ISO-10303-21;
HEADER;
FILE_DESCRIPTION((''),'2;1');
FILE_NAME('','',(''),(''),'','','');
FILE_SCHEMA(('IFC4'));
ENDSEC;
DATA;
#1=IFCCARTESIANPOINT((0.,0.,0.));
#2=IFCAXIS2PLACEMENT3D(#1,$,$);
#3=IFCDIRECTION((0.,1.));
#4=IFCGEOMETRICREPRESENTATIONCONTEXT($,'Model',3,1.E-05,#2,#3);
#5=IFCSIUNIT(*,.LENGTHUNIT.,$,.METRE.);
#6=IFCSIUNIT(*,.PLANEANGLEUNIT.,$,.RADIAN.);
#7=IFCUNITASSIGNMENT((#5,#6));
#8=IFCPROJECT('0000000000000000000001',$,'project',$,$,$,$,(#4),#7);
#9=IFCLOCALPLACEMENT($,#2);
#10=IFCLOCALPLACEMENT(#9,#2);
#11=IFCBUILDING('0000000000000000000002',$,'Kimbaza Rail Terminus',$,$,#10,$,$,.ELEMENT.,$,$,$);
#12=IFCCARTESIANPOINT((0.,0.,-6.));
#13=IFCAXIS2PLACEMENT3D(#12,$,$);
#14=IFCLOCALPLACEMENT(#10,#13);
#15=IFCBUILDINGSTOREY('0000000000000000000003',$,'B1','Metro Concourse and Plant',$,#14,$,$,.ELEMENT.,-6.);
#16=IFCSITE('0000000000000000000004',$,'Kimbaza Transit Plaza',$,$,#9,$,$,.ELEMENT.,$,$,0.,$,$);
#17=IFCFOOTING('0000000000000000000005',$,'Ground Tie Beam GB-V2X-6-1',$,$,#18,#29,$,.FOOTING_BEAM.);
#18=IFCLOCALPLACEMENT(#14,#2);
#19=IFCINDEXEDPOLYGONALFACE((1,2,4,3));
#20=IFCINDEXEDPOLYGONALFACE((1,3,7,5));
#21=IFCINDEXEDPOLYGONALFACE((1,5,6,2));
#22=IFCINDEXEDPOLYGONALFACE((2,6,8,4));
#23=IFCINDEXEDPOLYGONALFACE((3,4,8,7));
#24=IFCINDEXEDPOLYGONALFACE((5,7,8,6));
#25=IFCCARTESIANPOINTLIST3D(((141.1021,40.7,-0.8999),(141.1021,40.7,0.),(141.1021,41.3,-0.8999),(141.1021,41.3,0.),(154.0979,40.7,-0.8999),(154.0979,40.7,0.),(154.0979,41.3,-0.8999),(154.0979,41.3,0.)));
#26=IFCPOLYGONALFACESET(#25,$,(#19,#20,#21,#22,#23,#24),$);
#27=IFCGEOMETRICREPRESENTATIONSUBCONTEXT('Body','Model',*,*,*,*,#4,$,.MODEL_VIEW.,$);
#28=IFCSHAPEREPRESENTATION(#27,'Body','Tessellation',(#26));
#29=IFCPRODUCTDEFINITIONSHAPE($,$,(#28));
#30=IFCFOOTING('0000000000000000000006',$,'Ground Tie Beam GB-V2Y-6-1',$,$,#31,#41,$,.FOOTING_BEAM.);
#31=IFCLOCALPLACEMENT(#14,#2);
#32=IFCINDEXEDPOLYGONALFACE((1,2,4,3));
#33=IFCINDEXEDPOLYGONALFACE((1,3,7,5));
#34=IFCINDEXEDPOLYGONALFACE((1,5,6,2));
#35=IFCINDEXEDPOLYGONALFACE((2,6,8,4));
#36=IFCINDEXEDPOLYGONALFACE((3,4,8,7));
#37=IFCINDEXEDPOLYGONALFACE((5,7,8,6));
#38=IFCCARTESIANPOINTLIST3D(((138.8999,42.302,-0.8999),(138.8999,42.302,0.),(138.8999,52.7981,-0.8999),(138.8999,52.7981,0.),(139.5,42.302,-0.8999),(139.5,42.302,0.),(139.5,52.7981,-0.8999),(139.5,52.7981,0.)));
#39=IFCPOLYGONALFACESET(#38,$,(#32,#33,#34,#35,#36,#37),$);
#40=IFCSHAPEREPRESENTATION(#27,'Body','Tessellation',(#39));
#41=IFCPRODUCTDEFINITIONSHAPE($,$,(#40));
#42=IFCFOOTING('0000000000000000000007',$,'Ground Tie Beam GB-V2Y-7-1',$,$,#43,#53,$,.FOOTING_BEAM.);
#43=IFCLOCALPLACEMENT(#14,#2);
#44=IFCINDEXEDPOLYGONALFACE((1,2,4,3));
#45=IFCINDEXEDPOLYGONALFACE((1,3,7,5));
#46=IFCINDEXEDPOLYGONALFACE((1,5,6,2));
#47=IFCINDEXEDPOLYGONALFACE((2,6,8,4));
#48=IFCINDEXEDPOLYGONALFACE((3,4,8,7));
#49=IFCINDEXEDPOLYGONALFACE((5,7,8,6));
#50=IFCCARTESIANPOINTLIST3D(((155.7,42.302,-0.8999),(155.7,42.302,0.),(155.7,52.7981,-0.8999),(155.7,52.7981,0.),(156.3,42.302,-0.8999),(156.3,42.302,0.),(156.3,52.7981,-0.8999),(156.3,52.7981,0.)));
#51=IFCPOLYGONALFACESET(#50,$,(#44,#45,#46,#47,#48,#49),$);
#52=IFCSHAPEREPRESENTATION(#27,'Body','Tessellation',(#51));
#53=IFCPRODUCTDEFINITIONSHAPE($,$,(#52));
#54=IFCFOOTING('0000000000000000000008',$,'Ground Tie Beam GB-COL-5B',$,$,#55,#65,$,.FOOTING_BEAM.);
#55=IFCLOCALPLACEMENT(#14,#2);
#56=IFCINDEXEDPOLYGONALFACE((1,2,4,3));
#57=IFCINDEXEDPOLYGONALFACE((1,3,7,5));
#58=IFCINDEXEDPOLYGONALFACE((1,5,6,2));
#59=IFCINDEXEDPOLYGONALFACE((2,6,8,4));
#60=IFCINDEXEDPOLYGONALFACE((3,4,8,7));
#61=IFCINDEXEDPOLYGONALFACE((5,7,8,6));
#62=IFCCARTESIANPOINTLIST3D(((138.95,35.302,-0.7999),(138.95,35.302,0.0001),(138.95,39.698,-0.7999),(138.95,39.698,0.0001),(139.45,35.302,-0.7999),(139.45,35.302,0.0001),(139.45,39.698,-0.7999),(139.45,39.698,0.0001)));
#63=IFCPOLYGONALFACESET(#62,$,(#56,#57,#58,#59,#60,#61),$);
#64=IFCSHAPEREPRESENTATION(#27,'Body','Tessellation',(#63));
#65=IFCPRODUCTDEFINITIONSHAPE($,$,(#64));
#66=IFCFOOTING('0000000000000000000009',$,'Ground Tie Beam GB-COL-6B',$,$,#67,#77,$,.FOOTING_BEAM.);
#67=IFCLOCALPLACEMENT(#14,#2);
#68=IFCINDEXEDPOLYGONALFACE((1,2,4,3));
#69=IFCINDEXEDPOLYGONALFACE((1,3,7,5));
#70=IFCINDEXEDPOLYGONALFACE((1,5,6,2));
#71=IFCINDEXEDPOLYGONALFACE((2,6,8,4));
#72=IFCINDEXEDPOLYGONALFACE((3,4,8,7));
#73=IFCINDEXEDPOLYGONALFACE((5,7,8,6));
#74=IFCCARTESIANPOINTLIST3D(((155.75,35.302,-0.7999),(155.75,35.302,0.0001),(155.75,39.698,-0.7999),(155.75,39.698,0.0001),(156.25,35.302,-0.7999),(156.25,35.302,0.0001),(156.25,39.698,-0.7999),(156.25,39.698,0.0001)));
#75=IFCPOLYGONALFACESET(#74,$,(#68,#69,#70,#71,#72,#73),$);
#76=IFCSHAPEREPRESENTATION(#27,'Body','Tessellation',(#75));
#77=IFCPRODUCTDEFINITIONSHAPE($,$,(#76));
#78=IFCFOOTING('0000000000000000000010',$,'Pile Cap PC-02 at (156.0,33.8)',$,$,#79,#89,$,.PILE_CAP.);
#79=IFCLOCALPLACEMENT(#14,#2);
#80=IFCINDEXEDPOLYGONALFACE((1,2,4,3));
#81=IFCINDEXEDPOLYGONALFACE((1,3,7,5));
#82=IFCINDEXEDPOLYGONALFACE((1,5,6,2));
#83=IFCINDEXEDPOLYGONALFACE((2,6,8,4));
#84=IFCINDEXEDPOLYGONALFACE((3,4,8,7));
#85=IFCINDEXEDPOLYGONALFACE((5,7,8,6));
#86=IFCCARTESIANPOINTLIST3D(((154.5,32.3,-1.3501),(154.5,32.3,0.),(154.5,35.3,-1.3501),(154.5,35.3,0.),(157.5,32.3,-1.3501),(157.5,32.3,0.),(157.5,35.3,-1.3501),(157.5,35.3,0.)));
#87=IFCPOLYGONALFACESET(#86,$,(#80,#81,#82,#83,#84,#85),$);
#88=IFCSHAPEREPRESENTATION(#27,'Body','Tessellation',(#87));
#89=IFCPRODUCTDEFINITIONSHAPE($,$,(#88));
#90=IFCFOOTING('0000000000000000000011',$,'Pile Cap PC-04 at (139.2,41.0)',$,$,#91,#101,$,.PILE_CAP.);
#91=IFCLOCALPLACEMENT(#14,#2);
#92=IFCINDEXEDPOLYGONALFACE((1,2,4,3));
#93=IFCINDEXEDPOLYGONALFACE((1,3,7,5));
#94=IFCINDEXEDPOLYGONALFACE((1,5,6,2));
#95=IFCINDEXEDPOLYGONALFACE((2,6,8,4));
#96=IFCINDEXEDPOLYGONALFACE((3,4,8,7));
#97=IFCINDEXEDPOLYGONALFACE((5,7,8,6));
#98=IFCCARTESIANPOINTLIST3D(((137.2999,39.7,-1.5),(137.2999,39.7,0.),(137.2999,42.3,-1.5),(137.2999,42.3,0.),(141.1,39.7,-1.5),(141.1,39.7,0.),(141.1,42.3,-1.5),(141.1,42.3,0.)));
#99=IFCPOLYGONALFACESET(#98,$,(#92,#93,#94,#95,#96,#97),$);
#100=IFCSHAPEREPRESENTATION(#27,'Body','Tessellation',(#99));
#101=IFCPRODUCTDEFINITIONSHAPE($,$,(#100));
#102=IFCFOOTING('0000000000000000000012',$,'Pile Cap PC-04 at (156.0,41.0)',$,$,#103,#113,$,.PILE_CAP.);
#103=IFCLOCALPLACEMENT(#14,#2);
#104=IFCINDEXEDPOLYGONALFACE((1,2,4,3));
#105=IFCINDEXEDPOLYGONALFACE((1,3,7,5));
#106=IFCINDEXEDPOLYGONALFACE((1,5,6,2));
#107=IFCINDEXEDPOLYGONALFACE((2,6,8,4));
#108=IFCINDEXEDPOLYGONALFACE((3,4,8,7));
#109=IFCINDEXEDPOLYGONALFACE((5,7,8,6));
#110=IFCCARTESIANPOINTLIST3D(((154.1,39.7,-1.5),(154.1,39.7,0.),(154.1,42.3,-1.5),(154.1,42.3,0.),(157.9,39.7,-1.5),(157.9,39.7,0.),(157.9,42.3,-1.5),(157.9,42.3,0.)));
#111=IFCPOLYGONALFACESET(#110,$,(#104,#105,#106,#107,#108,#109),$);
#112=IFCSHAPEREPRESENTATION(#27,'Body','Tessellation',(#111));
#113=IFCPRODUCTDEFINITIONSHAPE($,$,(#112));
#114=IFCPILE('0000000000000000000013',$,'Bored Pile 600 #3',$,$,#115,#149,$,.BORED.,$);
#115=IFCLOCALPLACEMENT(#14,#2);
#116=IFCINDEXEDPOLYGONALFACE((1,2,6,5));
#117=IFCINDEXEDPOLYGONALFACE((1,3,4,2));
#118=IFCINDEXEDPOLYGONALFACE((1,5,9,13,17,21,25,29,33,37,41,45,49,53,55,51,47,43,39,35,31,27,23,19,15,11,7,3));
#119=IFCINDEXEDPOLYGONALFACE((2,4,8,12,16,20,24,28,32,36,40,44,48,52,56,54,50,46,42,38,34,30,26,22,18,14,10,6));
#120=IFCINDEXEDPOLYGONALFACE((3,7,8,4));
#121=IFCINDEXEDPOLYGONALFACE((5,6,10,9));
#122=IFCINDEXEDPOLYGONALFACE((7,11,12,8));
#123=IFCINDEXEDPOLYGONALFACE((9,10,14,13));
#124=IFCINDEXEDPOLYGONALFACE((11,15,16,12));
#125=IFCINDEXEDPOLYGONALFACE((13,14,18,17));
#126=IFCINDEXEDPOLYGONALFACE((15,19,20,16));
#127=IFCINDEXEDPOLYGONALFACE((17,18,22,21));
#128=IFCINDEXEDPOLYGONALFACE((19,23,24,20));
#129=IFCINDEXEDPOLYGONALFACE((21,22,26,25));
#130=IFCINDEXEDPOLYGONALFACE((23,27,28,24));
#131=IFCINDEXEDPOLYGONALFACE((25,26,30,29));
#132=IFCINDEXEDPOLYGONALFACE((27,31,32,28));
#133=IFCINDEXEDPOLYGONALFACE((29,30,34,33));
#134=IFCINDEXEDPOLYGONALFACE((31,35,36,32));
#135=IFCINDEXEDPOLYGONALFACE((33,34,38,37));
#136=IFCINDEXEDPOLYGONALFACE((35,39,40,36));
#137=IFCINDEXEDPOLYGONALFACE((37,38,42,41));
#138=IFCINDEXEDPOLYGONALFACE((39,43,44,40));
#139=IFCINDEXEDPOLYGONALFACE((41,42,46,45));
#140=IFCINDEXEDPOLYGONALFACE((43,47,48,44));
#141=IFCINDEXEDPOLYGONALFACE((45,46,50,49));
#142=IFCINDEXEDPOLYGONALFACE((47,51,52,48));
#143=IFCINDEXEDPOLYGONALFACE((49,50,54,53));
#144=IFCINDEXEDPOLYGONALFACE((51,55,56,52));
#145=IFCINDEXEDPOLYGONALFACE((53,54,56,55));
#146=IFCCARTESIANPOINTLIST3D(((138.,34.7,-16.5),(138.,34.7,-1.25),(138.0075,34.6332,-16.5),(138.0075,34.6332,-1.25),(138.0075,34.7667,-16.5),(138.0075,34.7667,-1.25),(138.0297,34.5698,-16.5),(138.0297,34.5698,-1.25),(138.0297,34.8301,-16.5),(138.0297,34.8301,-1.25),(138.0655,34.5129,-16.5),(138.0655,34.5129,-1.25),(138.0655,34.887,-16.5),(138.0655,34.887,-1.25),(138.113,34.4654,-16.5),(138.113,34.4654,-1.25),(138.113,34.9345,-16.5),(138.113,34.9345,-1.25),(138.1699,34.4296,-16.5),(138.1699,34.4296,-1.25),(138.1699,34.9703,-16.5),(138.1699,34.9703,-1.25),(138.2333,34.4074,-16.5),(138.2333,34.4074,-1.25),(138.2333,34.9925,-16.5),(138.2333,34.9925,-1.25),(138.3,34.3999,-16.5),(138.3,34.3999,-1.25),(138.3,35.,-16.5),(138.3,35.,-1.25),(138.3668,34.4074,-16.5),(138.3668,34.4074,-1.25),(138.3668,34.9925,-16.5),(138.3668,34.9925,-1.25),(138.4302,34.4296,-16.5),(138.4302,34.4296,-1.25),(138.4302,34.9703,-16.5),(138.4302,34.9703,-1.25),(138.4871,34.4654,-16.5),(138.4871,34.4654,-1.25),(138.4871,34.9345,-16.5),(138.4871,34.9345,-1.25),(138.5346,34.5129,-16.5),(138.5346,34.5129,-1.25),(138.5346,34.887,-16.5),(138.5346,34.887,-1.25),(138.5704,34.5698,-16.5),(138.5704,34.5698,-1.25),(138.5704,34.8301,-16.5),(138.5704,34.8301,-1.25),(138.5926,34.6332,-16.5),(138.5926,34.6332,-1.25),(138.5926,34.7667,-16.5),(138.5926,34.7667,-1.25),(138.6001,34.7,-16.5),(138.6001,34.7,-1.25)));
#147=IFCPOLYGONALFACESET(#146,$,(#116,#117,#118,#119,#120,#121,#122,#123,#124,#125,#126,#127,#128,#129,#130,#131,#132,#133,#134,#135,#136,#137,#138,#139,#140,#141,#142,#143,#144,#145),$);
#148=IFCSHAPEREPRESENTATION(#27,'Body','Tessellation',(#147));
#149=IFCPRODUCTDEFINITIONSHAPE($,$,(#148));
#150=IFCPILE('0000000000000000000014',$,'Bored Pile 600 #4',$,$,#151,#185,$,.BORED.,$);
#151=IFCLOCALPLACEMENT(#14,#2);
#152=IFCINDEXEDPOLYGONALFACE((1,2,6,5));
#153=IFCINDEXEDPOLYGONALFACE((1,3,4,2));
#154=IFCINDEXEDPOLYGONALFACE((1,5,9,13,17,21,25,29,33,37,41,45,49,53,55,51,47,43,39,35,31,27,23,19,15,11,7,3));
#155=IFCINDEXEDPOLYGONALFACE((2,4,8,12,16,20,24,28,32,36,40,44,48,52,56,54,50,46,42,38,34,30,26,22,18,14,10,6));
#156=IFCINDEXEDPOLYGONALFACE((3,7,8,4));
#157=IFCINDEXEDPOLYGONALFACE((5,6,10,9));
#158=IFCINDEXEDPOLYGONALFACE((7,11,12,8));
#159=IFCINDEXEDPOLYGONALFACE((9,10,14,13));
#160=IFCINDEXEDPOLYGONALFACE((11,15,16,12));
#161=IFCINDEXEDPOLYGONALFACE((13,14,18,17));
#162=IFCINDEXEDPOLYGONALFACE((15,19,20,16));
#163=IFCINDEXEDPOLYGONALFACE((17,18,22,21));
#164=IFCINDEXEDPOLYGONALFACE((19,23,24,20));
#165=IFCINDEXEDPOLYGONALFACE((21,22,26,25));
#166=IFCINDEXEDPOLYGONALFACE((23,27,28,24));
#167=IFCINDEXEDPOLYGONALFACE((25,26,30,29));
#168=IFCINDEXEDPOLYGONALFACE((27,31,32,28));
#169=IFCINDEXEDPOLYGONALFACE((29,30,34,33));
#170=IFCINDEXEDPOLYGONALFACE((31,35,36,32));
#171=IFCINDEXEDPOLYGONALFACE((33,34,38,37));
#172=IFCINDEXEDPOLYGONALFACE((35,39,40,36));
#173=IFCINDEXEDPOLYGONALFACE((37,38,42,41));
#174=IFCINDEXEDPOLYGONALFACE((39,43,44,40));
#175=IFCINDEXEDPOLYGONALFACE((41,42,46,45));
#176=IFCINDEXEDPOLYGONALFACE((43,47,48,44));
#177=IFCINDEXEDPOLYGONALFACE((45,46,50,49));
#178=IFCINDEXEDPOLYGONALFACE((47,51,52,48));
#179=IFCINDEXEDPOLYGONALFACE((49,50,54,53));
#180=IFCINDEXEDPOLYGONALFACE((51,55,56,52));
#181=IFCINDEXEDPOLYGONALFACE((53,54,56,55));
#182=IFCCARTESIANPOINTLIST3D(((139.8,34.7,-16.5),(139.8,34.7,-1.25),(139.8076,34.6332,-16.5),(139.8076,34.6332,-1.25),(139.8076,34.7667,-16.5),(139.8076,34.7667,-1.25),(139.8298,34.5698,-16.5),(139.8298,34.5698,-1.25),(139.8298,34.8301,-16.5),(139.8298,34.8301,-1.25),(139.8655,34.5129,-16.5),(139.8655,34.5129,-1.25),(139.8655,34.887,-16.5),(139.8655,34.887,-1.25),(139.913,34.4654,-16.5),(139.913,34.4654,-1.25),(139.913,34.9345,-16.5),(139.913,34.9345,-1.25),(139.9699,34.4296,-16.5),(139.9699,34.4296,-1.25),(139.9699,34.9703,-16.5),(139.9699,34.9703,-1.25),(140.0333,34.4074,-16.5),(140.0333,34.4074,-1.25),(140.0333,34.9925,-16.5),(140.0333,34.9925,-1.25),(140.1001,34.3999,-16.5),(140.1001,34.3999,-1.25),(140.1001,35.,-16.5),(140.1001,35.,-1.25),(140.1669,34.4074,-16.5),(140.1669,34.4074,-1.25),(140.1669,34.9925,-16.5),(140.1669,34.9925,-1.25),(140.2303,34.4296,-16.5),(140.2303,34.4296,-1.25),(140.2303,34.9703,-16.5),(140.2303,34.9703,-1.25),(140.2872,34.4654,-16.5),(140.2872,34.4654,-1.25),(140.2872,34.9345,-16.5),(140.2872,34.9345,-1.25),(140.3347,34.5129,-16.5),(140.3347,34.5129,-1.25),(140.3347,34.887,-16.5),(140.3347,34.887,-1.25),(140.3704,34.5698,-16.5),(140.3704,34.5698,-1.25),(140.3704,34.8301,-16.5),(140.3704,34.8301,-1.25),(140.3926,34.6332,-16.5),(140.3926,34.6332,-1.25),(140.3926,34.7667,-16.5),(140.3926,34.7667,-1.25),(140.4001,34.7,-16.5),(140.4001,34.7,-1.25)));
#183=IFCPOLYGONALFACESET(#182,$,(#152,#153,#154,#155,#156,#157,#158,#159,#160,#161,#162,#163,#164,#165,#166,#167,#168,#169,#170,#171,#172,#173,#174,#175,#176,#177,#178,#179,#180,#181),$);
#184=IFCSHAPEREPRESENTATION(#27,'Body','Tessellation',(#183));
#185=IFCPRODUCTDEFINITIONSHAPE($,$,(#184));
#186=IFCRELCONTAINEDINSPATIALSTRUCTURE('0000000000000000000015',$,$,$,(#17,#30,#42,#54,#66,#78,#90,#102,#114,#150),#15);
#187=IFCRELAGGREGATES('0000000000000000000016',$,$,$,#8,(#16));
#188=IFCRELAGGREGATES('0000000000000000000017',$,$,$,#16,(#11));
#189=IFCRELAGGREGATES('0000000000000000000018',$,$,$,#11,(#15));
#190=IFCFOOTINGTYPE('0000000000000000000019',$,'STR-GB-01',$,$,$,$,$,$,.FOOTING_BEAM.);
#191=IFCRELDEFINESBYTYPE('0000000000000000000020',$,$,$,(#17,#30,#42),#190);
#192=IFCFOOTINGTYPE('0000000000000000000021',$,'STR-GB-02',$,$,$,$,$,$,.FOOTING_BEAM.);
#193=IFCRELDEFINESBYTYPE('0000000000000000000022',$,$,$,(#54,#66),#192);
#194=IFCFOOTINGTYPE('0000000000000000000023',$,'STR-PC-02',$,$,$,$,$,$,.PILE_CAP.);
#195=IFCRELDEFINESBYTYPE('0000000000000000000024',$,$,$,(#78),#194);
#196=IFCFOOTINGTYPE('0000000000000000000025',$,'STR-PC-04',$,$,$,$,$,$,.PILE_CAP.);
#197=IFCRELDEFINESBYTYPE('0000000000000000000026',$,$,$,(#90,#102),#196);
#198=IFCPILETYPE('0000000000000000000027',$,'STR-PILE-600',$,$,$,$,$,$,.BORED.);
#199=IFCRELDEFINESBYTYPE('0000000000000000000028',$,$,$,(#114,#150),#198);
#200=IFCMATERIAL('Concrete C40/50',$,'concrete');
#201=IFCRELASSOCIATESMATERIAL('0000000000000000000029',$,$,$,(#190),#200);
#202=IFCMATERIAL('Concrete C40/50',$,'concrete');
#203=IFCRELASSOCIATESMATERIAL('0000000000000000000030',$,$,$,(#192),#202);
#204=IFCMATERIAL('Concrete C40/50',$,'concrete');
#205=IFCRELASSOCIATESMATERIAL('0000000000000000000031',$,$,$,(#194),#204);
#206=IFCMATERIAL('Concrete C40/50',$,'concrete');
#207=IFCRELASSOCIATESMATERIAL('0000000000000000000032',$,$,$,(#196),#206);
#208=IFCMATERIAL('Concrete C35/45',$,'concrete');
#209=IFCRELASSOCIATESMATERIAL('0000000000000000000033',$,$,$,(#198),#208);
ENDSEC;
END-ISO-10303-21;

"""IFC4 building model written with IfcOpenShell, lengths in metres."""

from ifc_helpers import new_model, si_unit, direction, frame, origin, origin_2d, place, context, subcontext, project, spatial, rectangle, circle, extrude, material, material_profile, profile_set, type_object, element, save


model = new_model("IFC4")

# Units and contexts
model_context = context("Model", 3, precision=1e-05, world=origin(), true_north=direction((0.0, 1.0)))
body_context = subcontext(model_context, "Body", "Model", "MODEL_VIEW")
ifc_project = project(units=[si_unit("LENGTHUNIT", "METRE"), si_unit("PLANEANGLEUNIT", "RADIAN")], contexts=[model_context])

# Site, building, storey
site_placement = place(None, origin())
site = spatial("IfcSite", under=ifc_project, at=site_placement, Name="Kimbaza Transit Plaza", CompositionType="ELEMENT", RefElevation=0.0)
building_placement = place(site_placement, origin())
building = spatial("IfcBuilding", under=site, at=building_placement, Name="Kimbaza Rail Terminus", CompositionType="ELEMENT")
storey_placement = place(building_placement, frame((0.0, 0.0, -6.0)))
storey = spatial("IfcBuildingStorey", under=building, at=storey_placement, Name="B1", Description="Metro Concourse and Plant", CompositionType="ELEMENT", Elevation=-6.0)

# Footings
ifc_material_1 = material(Name="Concrete C40/50", Category="concrete")
ifc_material_profile_1 = material_profile(ifc_material_1, rectangle(XDim=0.6001, YDim=0.8999, at=origin_2d()), Name="GB-01 600x900")
ifc_profile_set_1 = profile_set([ifc_material_profile_1], Name="Concrete C40/50")
footing_type_1 = type_object("IfcFootingType", Name="STR-GB-01", PredefinedType="FOOTING_BEAM", material=ifc_profile_set_1)
footing_1_placement = place(storey_placement, frame((141.1021, 41.0, -0.45), z_axis=(1.0, 0.0, 0.0), x_axis=(0.0, 1.0, 0.0)))
element("IfcFooting", 1, at=footing_1_placement, inside=storey, type_object=footing_type_1, Name="Ground Tie Beam GB-V2X-6-1", PredefinedType="FOOTING_BEAM", context=body_context, shape_type="SweptSolid", body=[
    extrude(rectangle(XDim=0.6001, YDim=0.8999, at=origin_2d()), origin(), (0.0, 0.0, 1.0), 12.9958),
])
for number, where, z_axis, x_axis, name in (
    (2, (139.2, 42.302, -0.45), (0.0, 1.0, 0.0), (-1.0, 0.0, 0.0), "Ground Tie Beam GB-V2Y-6-1"),
    (3, (156.0, 42.302, -0.45), (0.0, 1.0, 0.0), (-1.0, 0.0, 0.0), "Ground Tie Beam GB-V2Y-7-1"),
):
    element("IfcFooting", number, at=place(storey_placement, frame(where, z_axis=z_axis, x_axis=x_axis)), inside=storey, type_object=footing_type_1, Name=name, PredefinedType="FOOTING_BEAM", context=body_context, shape_type="SweptSolid", body=[
        extrude(rectangle(XDim=0.6001, YDim=0.8999, at=origin_2d()), origin(), (0.0, 0.0, 1.0), 10.4961),
    ])
ifc_material_2 = material(Name="Concrete C40/50", Category="concrete")
ifc_material_profile_2 = material_profile(ifc_material_2, rectangle(XDim=0.5, YDim=0.8, at=origin_2d()), Name="GB-02 500x800")
ifc_profile_set_2 = profile_set([ifc_material_profile_2], Name="Concrete C40/50")
footing_type_2 = type_object("IfcFootingType", Name="STR-GB-02", PredefinedType="FOOTING_BEAM", material=ifc_profile_set_2)
for number, where, z_axis, x_axis, name in (
    (4, (139.2, 35.302, -0.3999), (0.0, 1.0, 0.0), (-1.0, 0.0, 0.0), "Ground Tie Beam GB-COL-5B"),
    (5, (156.0, 35.302, -0.3999), (0.0, 1.0, 0.0), (-1.0, 0.0, 0.0), "Ground Tie Beam GB-COL-6B"),
):
    element("IfcFooting", number, at=place(storey_placement, frame(where, z_axis=z_axis, x_axis=x_axis)), inside=storey, type_object=footing_type_2, Name=name, PredefinedType="FOOTING_BEAM", context=body_context, shape_type="SweptSolid", body=[
        extrude(rectangle(XDim=0.5, YDim=0.8, at=origin_2d()), origin(), (0.0, 0.0, 1.0), 4.396),
    ])
ifc_material_3 = material(Name="Concrete C40/50", Category="concrete")
footing_type_3 = type_object("IfcFootingType", Name="STR-PC-02", PredefinedType="PILE_CAP", material=ifc_material_3)
footing_2_placement = place(storey_placement, frame((156.0, 33.8, -1.3501), z_axis=(0.0, 0.0, 1.0), x_axis=(1.0, 0.0, 0.0)))
element("IfcFooting", 6, at=footing_2_placement, inside=storey, type_object=footing_type_3, Name="Pile Cap PC-02 at (156.0,33.8)", PredefinedType="PILE_CAP", context=body_context, shape_type="SweptSolid", body=[
    extrude(rectangle(XDim=3.0, YDim=3.0, at=origin_2d()), origin(), (0.0, 0.0, 1.0), 1.3501),
])
ifc_material_4 = material(Name="Concrete C40/50", Category="concrete")
footing_type_4 = type_object("IfcFootingType", Name="STR-PC-04", PredefinedType="PILE_CAP", material=ifc_material_4)
for number, where, z_axis, x_axis, name in (
    (7, (139.2, 41.0, -1.5), (0.0, 0.0, 1.0), (1.0, 0.0, 0.0), "Pile Cap PC-04 at (139.2,41.0)"),
    (8, (156.0, 41.0, -1.5), (0.0, 0.0, 1.0), (1.0, 0.0, 0.0), "Pile Cap PC-04 at (156.0,41.0)"),
):
    element("IfcFooting", number, at=place(storey_placement, frame(where, z_axis=z_axis, x_axis=x_axis)), inside=storey, type_object=footing_type_4, Name=name, PredefinedType="PILE_CAP", context=body_context, shape_type="SweptSolid", body=[
        extrude(rectangle(XDim=3.8, YDim=2.6001, at=origin_2d()), origin(), (0.0, 0.0, 1.0), 1.5),
    ])

# Piles
ifc_material_5 = material(Name="Concrete C35/45", Category="concrete")
ifc_material_profile_3 = material_profile(ifc_material_5, circle(Radius=0.3, at=origin_2d()), Name="BORED PILE 600")
ifc_profile_set_3 = profile_set([ifc_material_profile_3], Name="Concrete C35/45")
pile_type_1 = type_object("IfcPileType", Name="STR-PILE-600", PredefinedType="BORED", material=ifc_profile_set_3)
for number, where, z_axis, x_axis, name in (
    (9, (138.3, 34.7, -1.25), (0.0, 0.0, -1.0), (1.0, 0.0, 0.0), "Bored Pile 600 #3"),
    (10, (140.1001, 34.7, -1.25), (0.0, 0.0, -1.0), (1.0, 0.0, 0.0), "Bored Pile 600 #4"),
):
    element("IfcPile", number, at=place(storey_placement, frame(where, z_axis=z_axis, x_axis=x_axis)), inside=storey, type_object=pile_type_1, Name=name, PredefinedType="BORED", context=body_context, shape_type="SweptSolid", body=[
        extrude(circle(Radius=0.3, at=origin_2d()), origin(), (0.0, 0.0, 1.0), 15.25),
    ])

save(model, "model.ifc")
